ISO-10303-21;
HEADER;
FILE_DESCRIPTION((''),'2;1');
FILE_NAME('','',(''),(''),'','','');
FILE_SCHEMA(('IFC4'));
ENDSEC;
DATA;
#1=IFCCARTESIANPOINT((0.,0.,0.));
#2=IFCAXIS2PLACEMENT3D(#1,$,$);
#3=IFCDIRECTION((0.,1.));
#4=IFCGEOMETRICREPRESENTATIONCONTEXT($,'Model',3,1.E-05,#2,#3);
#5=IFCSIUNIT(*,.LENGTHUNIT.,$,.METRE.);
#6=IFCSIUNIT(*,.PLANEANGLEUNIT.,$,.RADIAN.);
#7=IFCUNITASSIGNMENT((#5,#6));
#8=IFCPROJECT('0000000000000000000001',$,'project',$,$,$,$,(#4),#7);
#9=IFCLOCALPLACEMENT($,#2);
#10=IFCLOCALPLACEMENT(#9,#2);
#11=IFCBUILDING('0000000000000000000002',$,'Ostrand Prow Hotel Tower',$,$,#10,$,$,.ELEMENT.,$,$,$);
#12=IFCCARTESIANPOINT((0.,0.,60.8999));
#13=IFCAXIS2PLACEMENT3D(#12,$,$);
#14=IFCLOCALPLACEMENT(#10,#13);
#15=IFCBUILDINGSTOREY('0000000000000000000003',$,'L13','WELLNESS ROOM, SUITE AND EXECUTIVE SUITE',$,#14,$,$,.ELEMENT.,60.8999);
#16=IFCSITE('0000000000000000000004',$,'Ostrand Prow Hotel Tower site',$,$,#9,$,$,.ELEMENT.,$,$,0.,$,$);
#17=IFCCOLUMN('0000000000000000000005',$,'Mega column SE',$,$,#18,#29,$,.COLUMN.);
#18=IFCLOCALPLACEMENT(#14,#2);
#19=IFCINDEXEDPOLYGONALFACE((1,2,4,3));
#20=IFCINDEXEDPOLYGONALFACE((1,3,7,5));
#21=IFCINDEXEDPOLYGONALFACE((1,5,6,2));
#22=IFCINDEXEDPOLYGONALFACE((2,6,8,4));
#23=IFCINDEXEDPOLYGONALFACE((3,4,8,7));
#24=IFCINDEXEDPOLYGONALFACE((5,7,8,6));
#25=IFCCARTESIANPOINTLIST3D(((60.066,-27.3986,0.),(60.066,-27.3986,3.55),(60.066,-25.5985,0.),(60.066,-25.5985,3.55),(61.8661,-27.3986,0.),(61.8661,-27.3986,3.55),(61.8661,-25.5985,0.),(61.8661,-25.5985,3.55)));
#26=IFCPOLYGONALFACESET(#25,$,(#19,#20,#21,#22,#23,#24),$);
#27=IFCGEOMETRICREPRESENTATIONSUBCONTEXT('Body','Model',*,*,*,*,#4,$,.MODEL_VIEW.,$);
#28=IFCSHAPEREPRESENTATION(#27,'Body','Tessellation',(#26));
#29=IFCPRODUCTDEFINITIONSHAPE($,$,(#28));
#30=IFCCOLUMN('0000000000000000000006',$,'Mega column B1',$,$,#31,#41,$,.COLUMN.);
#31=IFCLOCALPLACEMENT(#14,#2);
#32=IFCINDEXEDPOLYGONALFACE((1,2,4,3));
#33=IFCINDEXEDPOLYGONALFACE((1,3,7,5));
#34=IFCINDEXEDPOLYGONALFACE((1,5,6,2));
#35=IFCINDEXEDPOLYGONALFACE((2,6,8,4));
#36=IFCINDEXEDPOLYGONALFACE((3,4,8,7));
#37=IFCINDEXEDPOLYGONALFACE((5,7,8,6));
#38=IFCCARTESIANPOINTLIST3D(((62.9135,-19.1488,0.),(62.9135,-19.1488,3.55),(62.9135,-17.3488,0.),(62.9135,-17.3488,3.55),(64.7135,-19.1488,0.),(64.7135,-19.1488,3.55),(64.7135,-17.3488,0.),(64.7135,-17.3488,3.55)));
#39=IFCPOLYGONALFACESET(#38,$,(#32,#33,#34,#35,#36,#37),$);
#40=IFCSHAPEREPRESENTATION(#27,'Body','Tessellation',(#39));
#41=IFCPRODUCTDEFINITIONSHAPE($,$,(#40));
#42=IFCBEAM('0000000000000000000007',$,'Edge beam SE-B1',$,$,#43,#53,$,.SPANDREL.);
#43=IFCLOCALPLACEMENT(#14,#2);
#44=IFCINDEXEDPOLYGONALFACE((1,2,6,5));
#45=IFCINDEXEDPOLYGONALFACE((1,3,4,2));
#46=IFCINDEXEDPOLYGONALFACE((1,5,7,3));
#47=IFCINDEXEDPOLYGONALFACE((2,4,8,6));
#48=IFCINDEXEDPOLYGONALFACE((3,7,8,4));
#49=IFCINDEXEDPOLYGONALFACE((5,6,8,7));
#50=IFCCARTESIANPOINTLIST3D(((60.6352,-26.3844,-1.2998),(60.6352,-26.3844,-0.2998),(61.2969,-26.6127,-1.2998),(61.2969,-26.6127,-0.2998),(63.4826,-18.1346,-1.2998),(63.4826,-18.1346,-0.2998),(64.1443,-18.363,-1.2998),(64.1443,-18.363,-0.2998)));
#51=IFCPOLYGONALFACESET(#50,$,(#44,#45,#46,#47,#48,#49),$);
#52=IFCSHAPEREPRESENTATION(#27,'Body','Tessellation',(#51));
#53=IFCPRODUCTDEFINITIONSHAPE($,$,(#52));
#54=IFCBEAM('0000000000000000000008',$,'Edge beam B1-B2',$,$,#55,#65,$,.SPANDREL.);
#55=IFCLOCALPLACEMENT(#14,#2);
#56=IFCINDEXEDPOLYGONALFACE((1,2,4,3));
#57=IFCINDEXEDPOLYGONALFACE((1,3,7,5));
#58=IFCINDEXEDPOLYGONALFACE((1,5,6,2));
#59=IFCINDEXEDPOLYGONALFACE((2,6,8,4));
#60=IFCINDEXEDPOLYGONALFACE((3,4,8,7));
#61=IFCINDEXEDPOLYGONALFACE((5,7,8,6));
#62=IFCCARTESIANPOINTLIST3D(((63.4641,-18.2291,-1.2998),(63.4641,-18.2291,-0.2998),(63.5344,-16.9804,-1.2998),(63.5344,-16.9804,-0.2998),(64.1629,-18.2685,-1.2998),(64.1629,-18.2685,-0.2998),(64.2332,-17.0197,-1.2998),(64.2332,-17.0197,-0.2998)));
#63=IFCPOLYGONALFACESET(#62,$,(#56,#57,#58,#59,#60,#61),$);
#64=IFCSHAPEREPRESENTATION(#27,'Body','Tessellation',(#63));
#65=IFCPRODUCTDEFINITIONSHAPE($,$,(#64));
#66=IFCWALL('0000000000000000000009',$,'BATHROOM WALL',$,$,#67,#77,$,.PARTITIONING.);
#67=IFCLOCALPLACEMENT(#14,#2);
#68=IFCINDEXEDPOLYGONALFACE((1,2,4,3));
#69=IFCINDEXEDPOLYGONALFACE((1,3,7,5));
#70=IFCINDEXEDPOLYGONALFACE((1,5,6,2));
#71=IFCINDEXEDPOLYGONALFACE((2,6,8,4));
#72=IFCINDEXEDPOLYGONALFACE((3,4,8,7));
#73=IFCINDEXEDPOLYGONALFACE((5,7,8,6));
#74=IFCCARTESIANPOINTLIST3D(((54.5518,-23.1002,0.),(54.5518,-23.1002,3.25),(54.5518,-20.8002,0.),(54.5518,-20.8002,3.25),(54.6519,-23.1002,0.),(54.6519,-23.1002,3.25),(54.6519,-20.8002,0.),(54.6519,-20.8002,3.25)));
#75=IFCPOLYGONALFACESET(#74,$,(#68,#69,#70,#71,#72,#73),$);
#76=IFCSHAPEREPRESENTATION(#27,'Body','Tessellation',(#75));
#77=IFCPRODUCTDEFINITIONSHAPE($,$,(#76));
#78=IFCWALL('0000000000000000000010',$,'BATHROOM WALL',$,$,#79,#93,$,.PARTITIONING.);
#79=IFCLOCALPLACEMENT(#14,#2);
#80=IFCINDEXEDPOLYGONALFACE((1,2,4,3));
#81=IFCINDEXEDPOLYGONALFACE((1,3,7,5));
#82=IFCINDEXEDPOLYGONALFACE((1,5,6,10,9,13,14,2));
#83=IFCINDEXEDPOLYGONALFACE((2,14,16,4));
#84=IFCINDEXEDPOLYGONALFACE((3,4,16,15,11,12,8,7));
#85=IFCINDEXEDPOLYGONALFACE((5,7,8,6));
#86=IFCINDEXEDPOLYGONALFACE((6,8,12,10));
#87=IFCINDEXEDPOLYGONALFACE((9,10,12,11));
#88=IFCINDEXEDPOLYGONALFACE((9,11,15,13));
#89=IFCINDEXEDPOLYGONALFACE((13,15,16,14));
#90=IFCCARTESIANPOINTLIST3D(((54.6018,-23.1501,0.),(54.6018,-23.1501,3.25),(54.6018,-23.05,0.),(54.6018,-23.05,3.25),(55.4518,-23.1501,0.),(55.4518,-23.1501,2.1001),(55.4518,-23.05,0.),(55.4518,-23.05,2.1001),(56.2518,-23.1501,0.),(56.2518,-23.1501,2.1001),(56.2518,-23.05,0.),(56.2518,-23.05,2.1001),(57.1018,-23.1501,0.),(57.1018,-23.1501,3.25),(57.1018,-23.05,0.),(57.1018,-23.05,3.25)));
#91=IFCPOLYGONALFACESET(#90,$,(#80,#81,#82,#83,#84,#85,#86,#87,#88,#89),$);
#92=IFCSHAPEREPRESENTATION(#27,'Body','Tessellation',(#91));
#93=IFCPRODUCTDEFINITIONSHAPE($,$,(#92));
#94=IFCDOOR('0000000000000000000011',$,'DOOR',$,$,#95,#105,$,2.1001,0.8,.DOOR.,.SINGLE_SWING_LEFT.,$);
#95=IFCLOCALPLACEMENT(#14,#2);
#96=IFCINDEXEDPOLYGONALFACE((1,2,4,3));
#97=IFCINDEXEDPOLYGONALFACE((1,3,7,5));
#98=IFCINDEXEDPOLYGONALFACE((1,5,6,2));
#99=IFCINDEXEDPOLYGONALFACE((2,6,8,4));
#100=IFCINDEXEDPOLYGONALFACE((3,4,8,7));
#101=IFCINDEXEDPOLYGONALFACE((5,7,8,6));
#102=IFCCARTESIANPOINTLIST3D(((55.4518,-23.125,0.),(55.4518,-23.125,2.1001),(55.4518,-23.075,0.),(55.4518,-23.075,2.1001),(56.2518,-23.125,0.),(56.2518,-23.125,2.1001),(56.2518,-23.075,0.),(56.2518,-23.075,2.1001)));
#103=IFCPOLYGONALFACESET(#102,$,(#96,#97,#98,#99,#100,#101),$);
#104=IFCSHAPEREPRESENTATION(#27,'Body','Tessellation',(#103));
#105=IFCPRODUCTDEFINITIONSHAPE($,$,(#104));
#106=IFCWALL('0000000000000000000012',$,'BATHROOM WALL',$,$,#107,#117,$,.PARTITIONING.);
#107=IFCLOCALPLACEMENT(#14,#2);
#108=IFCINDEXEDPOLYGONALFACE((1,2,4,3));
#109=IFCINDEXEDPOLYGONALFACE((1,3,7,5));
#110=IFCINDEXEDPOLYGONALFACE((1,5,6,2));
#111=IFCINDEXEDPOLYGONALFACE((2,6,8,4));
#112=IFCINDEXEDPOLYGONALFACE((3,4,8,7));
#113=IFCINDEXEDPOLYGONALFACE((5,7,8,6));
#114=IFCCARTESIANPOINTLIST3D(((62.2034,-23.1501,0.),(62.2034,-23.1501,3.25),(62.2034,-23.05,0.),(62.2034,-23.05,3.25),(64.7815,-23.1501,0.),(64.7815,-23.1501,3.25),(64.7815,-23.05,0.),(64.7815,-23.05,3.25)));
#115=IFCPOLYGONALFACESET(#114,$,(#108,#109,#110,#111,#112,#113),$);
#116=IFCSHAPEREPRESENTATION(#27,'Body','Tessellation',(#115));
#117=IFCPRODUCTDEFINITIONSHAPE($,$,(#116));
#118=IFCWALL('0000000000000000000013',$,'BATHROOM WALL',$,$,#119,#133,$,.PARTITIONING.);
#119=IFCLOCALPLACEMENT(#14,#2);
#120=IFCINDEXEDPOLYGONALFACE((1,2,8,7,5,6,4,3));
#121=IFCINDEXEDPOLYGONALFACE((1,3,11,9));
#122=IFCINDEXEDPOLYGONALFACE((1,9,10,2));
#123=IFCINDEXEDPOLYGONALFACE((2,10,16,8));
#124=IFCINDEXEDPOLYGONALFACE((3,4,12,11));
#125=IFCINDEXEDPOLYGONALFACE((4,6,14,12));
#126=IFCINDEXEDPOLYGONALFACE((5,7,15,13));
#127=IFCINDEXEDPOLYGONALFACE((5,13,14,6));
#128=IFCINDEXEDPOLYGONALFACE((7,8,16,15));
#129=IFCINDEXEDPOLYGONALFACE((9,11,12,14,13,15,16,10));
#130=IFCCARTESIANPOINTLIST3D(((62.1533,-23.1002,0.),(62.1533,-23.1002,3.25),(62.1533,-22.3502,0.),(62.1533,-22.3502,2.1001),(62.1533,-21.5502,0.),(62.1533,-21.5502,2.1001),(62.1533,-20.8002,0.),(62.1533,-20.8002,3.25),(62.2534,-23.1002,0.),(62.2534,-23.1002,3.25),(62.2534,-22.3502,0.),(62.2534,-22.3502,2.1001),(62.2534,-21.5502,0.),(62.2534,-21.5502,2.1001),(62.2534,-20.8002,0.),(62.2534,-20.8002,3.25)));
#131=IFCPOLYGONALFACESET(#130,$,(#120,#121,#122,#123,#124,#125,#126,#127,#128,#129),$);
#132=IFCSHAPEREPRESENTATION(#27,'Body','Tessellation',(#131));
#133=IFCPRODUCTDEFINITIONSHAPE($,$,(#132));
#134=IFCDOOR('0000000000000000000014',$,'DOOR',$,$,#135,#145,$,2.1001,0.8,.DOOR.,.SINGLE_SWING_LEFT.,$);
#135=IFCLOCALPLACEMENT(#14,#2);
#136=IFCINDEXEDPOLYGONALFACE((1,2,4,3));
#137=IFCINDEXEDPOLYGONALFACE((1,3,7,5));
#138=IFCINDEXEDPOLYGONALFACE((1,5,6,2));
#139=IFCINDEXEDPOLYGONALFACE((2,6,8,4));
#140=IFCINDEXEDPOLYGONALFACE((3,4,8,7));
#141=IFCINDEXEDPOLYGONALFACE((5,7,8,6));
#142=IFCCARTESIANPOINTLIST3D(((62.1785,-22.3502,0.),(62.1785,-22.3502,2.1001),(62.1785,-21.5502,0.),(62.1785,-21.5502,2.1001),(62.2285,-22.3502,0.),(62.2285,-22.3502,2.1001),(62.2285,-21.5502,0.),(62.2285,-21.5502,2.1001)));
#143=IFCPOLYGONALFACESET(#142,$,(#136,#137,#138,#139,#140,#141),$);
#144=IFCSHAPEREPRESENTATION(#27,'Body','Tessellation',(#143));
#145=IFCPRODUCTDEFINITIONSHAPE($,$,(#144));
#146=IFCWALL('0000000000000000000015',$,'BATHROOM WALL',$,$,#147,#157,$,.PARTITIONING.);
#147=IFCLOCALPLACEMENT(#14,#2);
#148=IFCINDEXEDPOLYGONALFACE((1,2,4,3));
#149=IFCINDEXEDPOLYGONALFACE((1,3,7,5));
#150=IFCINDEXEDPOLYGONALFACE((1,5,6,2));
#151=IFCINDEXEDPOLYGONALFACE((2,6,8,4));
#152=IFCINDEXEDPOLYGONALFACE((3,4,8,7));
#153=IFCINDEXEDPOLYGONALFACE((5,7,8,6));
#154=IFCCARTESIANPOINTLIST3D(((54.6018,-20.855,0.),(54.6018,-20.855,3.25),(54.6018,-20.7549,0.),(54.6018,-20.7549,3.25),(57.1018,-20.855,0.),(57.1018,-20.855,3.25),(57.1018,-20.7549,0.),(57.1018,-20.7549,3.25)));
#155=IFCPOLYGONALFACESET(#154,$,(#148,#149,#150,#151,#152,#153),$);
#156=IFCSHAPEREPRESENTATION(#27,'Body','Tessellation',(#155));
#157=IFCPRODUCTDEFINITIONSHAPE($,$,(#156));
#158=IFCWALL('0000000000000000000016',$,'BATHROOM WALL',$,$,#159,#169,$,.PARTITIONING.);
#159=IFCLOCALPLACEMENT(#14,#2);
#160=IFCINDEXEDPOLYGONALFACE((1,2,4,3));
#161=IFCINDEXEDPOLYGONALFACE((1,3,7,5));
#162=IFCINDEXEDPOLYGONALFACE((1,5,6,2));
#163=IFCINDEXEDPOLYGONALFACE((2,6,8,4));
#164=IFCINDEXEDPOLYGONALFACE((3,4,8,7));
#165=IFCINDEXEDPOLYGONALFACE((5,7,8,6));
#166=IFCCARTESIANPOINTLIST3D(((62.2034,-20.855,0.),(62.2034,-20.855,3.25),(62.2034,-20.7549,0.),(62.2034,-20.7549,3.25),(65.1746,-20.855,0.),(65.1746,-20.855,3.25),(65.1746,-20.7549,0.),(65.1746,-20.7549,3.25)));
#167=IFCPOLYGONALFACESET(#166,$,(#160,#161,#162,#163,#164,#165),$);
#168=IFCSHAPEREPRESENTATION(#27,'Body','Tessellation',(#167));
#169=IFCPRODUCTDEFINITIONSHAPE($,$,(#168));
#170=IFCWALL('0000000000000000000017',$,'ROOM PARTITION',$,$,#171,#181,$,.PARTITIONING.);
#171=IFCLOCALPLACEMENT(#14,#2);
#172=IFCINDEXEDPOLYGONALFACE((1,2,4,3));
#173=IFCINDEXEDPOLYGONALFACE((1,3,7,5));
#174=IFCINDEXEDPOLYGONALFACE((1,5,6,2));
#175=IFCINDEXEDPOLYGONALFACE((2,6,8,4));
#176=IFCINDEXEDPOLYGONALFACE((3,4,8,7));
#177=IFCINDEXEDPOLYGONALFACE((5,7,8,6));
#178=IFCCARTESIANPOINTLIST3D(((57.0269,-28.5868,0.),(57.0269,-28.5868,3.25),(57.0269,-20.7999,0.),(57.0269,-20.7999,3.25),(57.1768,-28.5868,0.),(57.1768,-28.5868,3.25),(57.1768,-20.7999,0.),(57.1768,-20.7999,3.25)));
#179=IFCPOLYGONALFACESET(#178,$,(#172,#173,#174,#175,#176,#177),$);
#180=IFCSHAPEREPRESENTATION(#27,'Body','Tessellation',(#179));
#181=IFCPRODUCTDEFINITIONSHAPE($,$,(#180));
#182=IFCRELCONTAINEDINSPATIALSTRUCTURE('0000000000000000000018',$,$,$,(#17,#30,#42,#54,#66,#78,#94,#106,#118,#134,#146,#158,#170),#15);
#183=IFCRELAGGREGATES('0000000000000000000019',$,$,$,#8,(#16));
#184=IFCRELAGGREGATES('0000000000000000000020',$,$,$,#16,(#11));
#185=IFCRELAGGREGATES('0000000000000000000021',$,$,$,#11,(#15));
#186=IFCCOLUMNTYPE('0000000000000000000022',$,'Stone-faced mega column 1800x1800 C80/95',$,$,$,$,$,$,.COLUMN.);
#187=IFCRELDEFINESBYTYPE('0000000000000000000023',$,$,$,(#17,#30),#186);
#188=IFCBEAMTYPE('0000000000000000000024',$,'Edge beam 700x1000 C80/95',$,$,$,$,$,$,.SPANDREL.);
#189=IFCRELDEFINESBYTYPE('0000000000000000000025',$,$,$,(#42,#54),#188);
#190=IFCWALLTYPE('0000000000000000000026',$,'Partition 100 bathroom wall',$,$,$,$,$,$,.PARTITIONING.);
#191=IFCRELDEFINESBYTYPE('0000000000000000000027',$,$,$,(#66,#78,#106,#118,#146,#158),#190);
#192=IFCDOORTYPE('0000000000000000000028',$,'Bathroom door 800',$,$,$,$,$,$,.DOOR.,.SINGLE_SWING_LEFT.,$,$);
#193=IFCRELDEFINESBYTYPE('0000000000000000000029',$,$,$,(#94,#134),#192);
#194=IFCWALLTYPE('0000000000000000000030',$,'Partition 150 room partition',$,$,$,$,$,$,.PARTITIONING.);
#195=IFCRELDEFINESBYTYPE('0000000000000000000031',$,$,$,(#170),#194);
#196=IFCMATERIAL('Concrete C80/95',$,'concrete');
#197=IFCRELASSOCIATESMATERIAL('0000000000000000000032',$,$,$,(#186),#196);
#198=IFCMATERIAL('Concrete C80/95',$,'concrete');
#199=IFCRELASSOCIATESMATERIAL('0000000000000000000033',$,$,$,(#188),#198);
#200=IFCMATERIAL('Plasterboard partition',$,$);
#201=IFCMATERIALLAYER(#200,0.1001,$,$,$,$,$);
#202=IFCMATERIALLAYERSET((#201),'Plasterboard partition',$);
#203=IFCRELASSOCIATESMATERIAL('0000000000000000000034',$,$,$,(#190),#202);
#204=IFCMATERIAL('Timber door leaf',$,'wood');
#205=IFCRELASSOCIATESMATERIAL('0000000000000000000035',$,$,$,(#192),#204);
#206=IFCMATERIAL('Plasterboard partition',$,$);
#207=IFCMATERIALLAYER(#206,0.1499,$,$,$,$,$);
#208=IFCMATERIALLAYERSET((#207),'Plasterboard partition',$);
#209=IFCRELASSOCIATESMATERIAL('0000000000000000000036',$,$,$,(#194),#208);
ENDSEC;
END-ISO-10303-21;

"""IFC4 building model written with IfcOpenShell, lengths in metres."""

from ifc_helpers import new_model, si_unit, direction, frame, frame_2d, origin, origin_2d, place, context, subcontext, project, spatial, rectangle, extrude, material, layer, layer_set, material_profile, profile_set, type_object, element, fill, save


model = new_model("IFC4")

# Units and contexts
model_context = context("Model", 3, precision=1e-05, world=origin(), true_north=direction((0.0, 1.0)))
body_context = subcontext(model_context, "Body", "Model", "MODEL_VIEW")
ifc_project = project(units=[si_unit("LENGTHUNIT", "METRE"), si_unit("PLANEANGLEUNIT", "RADIAN")], contexts=[model_context])

# Site, building, storey
site_placement = place(None, origin())
site = spatial("IfcSite", under=ifc_project, at=site_placement, Name="Ostrand Prow Hotel Tower site", CompositionType="ELEMENT", RefElevation=0.0)
building_placement = place(site_placement, origin())
building = spatial("IfcBuilding", under=site, at=building_placement, Name="Ostrand Prow Hotel Tower", CompositionType="ELEMENT")
storey_placement = place(building_placement, frame((0.0, 0.0, 60.8999)))
storey = spatial("IfcBuildingStorey", under=building, at=storey_placement, Name="L13", Description="WELLNESS ROOM, SUITE AND EXECUTIVE SUITE", CompositionType="ELEMENT", Elevation=60.8999)

# Columns
ifc_material_1 = material(Name="Concrete C80/95", Category="concrete")
ifc_material_profile_1 = material_profile(ifc_material_1, rectangle(XDim=1.8, YDim=1.8, at=origin_2d()), Name="RC 1800x1800")
ifc_profile_set_1 = profile_set([ifc_material_profile_1], Name="Concrete C80/95")
column_type = type_object("IfcColumnType", Name="Stone-faced mega column 1800x1800 C80/95", PredefinedType="COLUMN", material=ifc_profile_set_1)
for number, where, z_axis, x_axis, name in (
    (1, (60.9661, -26.4985, 0.0), (0.0, 0.0, 1.0), (1.0, 0.0, 0.0), "Mega column SE"),
    (2, (63.8135, -18.2488, 0.0), (0.0, 0.0, 1.0), (1.0, 0.0, 0.0), "Mega column B1"),
):
    element("IfcColumn", number, at=place(storey_placement, frame(where, z_axis=z_axis, x_axis=x_axis)), inside=storey, type_object=column_type, Name=name, PredefinedType="COLUMN", context=body_context, shape_type="SweptSolid", body=[
        extrude(rectangle(XDim=1.8, YDim=1.8, at=origin_2d()), origin(), (0.0, 0.0, 1.0), 3.55),
    ])

# Beams
ifc_material_2 = material(Name="Concrete C80/95", Category="concrete")
ifc_material_profile_2 = material_profile(ifc_material_2, rectangle(XDim=0.7, YDim=1.0, at=origin_2d()), Name="RC 700x1000")
ifc_profile_set_2 = profile_set([ifc_material_profile_2], Name="Concrete C80/95")
beam_type = type_object("IfcBeamType", Name="Edge beam 700x1000 C80/95", PredefinedType="SPANDREL", material=ifc_profile_set_2)
beam_1_placement = place(storey_placement, frame((60.9661, -26.4985, -0.7998), z_axis=(0.326264, 0.945279, 0.0), x_axis=(-0.945279, 0.326264, 0.0)))
element("IfcBeam", 3, at=beam_1_placement, inside=storey, type_object=beam_type, Name="Edge beam SE-B1", PredefinedType="SPANDREL", context=body_context, shape_type="SweptSolid", body=[
    extrude(rectangle(XDim=0.7, YDim=1.0, at=origin_2d()), origin(), (0.0, 0.0, 1.0), 8.7273),
])
beam_2_placement = place(storey_placement, frame((63.8135, -18.2488, -0.7998), z_axis=(0.056216, 0.998419, 0.0), x_axis=(-0.998419, 0.056216, 0.0)))
element("IfcBeam", 4, at=beam_2_placement, inside=storey, type_object=beam_type, Name="Edge beam B1-B2", PredefinedType="SPANDREL", context=body_context, shape_type="SweptSolid", body=[
    extrude(rectangle(XDim=0.7, YDim=1.0, at=origin_2d()), origin(), (0.0, 0.0, 1.0), 1.2507),
])

# Wall
ifc_material_3 = material(Name="Plasterboard partition")
ifc_layer_1 = layer(ifc_material_3, 0.1001)
ifc_layer_set_1 = layer_set([ifc_layer_1], Name="Plasterboard partition")
wall_type_1 = type_object("IfcWallType", Name="Partition 100 bathroom wall", PredefinedType="PARTITIONING", material=ifc_layer_set_1)
wall_1_placement = place(storey_placement, frame((54.6018, -23.1001, 0.0), z_axis=(0.0, 0.0, 1.0), x_axis=(0.0, 1.0, 0.0)))
element("IfcWall", 5, at=wall_1_placement, inside=storey, type_object=wall_type_1, Name="BATHROOM WALL", PredefinedType="PARTITIONING", context=body_context, shape_type="SweptSolid", body=[
    extrude(rectangle(XDim=2.3, YDim=0.1001, at=frame_2d((1.1499, 0.0))), origin(), (0.0, 0.0, 1.0), 3.25),
])

# Wall, opening, door
wall_2_placement = place(storey_placement, frame((57.1018, -23.1001, 0.0), z_axis=(0.0, 0.0, 1.0), x_axis=(-1.0, 0.0, 0.0)))
wall_2 = element("IfcWall", 6, at=wall_2_placement, inside=storey, type_object=wall_type_1, Name="BATHROOM WALL", PredefinedType="PARTITIONING", context=body_context, shape_type="SweptSolid", body=[
    extrude(rectangle(XDim=2.5, YDim=0.1001, at=frame_2d((1.25, 0.0))), origin(), (0.0, 0.0, 1.0), 3.25),
])
opening_1_placement = place(wall_2_placement, frame((0.8501, 0.0, 0.0)))
opening_1 = element("IfcOpeningElement", 7, at=opening_1_placement, cuts=wall_2, PredefinedType="OPENING", context=body_context, shape_type="SweptSolid", body=[
    extrude(rectangle(XDim=0.8, YDim=2.1001, at=frame_2d((0.3999, 1.05))), frame((0.0, 0.0601, 0.0), z_axis=(0.0, -1.0, 0.0), x_axis=(1.0, 0.0, 0.0)), (0.0, 0.0, 1.0), 0.1201),
])
ifc_material_4 = material(Name="Timber door leaf", Category="wood")
door_type_1 = type_object("IfcDoorType", Name="Bathroom door 800", OperationType="SINGLE_SWING_LEFT", PredefinedType="DOOR", material=ifc_material_4)
door_1_placement = place(opening_1_placement, origin())
door_1 = element("IfcDoor", 8, at=door_1_placement, inside=storey, type_object=door_type_1, Name="DOOR", OperationType="SINGLE_SWING_LEFT", OverallHeight=2.1001, OverallWidth=0.8, PredefinedType="DOOR", context=body_context, shape_type="SweptSolid", body=[
    extrude(rectangle(XDim=0.8, YDim=2.1001, at=frame_2d((0.3999, 1.05))), frame((0.0, 0.0249, 0.0), z_axis=(0.0, -1.0, 0.0), x_axis=(1.0, 0.0, 0.0)), (0.0, 0.0, 1.0), 0.05),
])
fill(opening_1, door_1)

# Wall
wall_3_placement = place(storey_placement, frame((64.7815, -23.1001, 0.0), z_axis=(0.0, 0.0, 1.0), x_axis=(-1.0, 0.0, 0.0)))
element("IfcWall", 9, at=wall_3_placement, inside=storey, type_object=wall_type_1, Name="BATHROOM WALL", PredefinedType="PARTITIONING", context=body_context, shape_type="SweptSolid", body=[
    extrude(rectangle(XDim=2.5781, YDim=0.1001, at=frame_2d((1.2891, 0.0))), origin(), (0.0, 0.0, 1.0), 3.25),
])

# Wall, opening, door
wall_4_placement = place(storey_placement, frame((62.2034, -23.1001, 0.0), z_axis=(0.0, 0.0, 1.0), x_axis=(0.0, 1.0, 0.0)))
wall_4 = element("IfcWall", 10, at=wall_4_placement, inside=storey, type_object=wall_type_1, Name="BATHROOM WALL", PredefinedType="PARTITIONING", context=body_context, shape_type="SweptSolid", body=[
    extrude(rectangle(XDim=2.3, YDim=0.1001, at=frame_2d((1.1499, 0.0))), origin(), (0.0, 0.0, 1.0), 3.25),
])
opening_2_placement = place(wall_4_placement, frame((0.75, 0.0, 0.0)))
opening_2 = element("IfcOpeningElement", 11, at=opening_2_placement, cuts=wall_4, PredefinedType="OPENING", context=body_context, shape_type="SweptSolid", body=[
    extrude(rectangle(XDim=0.8, YDim=2.1001, at=frame_2d((0.3999, 1.05))), frame((0.0, 0.0601, 0.0), z_axis=(0.0, -1.0, 0.0), x_axis=(1.0, 0.0, 0.0)), (0.0, 0.0, 1.0), 0.1201),
])
door_2_placement = place(opening_2_placement, origin())
door_2 = element("IfcDoor", 12, at=door_2_placement, inside=storey, type_object=door_type_1, Name="DOOR", OperationType="SINGLE_SWING_LEFT", OverallHeight=2.1001, OverallWidth=0.8, PredefinedType="DOOR", context=body_context, shape_type="SweptSolid", body=[
    extrude(rectangle(XDim=0.8, YDim=2.1001, at=frame_2d((0.3999, 1.05))), frame((0.0, 0.0249, 0.0), z_axis=(0.0, -1.0, 0.0), x_axis=(1.0, 0.0, 0.0)), (0.0, 0.0, 1.0), 0.05),
])
fill(opening_2, door_2)

# Walls
wall_5_placement = place(storey_placement, frame((54.6018, -20.8049, 0.0), z_axis=(0.0, 0.0, 1.0), x_axis=(1.0, 0.0, 0.0)))
element("IfcWall", 13, at=wall_5_placement, inside=storey, type_object=wall_type_1, Name="BATHROOM WALL", PredefinedType="PARTITIONING", context=body_context, shape_type="SweptSolid", body=[
    extrude(rectangle(XDim=2.5, YDim=0.1001, at=frame_2d((1.25, 0.0))), origin(), (0.0, 0.0, 1.0), 3.25),
])
wall_6_placement = place(storey_placement, frame((62.2034, -20.8049, 0.0), z_axis=(0.0, 0.0, 1.0), x_axis=(1.0, 0.0, 0.0)))
element("IfcWall", 14, at=wall_6_placement, inside=storey, type_object=wall_type_1, Name="BATHROOM WALL", PredefinedType="PARTITIONING", context=body_context, shape_type="SweptSolid", body=[
    extrude(rectangle(XDim=2.9712, YDim=0.1001, at=frame_2d((1.4856, 0.0))), origin(), (0.0, 0.0, 1.0), 3.25),
])
ifc_material_5 = material(Name="Plasterboard partition")
ifc_layer_2 = layer(ifc_material_5, 0.1499)
ifc_layer_set_2 = layer_set([ifc_layer_2], Name="Plasterboard partition")
wall_type_2 = type_object("IfcWallType", Name="Partition 150 room partition", PredefinedType="PARTITIONING", material=ifc_layer_set_2)
wall_7_placement = place(storey_placement, frame((57.1018, -28.5869, 0.0), z_axis=(0.0, 0.0, 1.0), x_axis=(0.0, 1.0, 0.0)))
element("IfcWall", 15, at=wall_7_placement, inside=storey, type_object=wall_type_2, Name="ROOM PARTITION", PredefinedType="PARTITIONING", context=body_context, shape_type="SweptSolid", body=[
    extrude(rectangle(XDim=7.7869, YDim=0.1499, at=frame_2d((3.8936, 0.0))), origin(), (0.0, 0.0, 1.0), 3.25),
])

save(model, "model.ifc")
